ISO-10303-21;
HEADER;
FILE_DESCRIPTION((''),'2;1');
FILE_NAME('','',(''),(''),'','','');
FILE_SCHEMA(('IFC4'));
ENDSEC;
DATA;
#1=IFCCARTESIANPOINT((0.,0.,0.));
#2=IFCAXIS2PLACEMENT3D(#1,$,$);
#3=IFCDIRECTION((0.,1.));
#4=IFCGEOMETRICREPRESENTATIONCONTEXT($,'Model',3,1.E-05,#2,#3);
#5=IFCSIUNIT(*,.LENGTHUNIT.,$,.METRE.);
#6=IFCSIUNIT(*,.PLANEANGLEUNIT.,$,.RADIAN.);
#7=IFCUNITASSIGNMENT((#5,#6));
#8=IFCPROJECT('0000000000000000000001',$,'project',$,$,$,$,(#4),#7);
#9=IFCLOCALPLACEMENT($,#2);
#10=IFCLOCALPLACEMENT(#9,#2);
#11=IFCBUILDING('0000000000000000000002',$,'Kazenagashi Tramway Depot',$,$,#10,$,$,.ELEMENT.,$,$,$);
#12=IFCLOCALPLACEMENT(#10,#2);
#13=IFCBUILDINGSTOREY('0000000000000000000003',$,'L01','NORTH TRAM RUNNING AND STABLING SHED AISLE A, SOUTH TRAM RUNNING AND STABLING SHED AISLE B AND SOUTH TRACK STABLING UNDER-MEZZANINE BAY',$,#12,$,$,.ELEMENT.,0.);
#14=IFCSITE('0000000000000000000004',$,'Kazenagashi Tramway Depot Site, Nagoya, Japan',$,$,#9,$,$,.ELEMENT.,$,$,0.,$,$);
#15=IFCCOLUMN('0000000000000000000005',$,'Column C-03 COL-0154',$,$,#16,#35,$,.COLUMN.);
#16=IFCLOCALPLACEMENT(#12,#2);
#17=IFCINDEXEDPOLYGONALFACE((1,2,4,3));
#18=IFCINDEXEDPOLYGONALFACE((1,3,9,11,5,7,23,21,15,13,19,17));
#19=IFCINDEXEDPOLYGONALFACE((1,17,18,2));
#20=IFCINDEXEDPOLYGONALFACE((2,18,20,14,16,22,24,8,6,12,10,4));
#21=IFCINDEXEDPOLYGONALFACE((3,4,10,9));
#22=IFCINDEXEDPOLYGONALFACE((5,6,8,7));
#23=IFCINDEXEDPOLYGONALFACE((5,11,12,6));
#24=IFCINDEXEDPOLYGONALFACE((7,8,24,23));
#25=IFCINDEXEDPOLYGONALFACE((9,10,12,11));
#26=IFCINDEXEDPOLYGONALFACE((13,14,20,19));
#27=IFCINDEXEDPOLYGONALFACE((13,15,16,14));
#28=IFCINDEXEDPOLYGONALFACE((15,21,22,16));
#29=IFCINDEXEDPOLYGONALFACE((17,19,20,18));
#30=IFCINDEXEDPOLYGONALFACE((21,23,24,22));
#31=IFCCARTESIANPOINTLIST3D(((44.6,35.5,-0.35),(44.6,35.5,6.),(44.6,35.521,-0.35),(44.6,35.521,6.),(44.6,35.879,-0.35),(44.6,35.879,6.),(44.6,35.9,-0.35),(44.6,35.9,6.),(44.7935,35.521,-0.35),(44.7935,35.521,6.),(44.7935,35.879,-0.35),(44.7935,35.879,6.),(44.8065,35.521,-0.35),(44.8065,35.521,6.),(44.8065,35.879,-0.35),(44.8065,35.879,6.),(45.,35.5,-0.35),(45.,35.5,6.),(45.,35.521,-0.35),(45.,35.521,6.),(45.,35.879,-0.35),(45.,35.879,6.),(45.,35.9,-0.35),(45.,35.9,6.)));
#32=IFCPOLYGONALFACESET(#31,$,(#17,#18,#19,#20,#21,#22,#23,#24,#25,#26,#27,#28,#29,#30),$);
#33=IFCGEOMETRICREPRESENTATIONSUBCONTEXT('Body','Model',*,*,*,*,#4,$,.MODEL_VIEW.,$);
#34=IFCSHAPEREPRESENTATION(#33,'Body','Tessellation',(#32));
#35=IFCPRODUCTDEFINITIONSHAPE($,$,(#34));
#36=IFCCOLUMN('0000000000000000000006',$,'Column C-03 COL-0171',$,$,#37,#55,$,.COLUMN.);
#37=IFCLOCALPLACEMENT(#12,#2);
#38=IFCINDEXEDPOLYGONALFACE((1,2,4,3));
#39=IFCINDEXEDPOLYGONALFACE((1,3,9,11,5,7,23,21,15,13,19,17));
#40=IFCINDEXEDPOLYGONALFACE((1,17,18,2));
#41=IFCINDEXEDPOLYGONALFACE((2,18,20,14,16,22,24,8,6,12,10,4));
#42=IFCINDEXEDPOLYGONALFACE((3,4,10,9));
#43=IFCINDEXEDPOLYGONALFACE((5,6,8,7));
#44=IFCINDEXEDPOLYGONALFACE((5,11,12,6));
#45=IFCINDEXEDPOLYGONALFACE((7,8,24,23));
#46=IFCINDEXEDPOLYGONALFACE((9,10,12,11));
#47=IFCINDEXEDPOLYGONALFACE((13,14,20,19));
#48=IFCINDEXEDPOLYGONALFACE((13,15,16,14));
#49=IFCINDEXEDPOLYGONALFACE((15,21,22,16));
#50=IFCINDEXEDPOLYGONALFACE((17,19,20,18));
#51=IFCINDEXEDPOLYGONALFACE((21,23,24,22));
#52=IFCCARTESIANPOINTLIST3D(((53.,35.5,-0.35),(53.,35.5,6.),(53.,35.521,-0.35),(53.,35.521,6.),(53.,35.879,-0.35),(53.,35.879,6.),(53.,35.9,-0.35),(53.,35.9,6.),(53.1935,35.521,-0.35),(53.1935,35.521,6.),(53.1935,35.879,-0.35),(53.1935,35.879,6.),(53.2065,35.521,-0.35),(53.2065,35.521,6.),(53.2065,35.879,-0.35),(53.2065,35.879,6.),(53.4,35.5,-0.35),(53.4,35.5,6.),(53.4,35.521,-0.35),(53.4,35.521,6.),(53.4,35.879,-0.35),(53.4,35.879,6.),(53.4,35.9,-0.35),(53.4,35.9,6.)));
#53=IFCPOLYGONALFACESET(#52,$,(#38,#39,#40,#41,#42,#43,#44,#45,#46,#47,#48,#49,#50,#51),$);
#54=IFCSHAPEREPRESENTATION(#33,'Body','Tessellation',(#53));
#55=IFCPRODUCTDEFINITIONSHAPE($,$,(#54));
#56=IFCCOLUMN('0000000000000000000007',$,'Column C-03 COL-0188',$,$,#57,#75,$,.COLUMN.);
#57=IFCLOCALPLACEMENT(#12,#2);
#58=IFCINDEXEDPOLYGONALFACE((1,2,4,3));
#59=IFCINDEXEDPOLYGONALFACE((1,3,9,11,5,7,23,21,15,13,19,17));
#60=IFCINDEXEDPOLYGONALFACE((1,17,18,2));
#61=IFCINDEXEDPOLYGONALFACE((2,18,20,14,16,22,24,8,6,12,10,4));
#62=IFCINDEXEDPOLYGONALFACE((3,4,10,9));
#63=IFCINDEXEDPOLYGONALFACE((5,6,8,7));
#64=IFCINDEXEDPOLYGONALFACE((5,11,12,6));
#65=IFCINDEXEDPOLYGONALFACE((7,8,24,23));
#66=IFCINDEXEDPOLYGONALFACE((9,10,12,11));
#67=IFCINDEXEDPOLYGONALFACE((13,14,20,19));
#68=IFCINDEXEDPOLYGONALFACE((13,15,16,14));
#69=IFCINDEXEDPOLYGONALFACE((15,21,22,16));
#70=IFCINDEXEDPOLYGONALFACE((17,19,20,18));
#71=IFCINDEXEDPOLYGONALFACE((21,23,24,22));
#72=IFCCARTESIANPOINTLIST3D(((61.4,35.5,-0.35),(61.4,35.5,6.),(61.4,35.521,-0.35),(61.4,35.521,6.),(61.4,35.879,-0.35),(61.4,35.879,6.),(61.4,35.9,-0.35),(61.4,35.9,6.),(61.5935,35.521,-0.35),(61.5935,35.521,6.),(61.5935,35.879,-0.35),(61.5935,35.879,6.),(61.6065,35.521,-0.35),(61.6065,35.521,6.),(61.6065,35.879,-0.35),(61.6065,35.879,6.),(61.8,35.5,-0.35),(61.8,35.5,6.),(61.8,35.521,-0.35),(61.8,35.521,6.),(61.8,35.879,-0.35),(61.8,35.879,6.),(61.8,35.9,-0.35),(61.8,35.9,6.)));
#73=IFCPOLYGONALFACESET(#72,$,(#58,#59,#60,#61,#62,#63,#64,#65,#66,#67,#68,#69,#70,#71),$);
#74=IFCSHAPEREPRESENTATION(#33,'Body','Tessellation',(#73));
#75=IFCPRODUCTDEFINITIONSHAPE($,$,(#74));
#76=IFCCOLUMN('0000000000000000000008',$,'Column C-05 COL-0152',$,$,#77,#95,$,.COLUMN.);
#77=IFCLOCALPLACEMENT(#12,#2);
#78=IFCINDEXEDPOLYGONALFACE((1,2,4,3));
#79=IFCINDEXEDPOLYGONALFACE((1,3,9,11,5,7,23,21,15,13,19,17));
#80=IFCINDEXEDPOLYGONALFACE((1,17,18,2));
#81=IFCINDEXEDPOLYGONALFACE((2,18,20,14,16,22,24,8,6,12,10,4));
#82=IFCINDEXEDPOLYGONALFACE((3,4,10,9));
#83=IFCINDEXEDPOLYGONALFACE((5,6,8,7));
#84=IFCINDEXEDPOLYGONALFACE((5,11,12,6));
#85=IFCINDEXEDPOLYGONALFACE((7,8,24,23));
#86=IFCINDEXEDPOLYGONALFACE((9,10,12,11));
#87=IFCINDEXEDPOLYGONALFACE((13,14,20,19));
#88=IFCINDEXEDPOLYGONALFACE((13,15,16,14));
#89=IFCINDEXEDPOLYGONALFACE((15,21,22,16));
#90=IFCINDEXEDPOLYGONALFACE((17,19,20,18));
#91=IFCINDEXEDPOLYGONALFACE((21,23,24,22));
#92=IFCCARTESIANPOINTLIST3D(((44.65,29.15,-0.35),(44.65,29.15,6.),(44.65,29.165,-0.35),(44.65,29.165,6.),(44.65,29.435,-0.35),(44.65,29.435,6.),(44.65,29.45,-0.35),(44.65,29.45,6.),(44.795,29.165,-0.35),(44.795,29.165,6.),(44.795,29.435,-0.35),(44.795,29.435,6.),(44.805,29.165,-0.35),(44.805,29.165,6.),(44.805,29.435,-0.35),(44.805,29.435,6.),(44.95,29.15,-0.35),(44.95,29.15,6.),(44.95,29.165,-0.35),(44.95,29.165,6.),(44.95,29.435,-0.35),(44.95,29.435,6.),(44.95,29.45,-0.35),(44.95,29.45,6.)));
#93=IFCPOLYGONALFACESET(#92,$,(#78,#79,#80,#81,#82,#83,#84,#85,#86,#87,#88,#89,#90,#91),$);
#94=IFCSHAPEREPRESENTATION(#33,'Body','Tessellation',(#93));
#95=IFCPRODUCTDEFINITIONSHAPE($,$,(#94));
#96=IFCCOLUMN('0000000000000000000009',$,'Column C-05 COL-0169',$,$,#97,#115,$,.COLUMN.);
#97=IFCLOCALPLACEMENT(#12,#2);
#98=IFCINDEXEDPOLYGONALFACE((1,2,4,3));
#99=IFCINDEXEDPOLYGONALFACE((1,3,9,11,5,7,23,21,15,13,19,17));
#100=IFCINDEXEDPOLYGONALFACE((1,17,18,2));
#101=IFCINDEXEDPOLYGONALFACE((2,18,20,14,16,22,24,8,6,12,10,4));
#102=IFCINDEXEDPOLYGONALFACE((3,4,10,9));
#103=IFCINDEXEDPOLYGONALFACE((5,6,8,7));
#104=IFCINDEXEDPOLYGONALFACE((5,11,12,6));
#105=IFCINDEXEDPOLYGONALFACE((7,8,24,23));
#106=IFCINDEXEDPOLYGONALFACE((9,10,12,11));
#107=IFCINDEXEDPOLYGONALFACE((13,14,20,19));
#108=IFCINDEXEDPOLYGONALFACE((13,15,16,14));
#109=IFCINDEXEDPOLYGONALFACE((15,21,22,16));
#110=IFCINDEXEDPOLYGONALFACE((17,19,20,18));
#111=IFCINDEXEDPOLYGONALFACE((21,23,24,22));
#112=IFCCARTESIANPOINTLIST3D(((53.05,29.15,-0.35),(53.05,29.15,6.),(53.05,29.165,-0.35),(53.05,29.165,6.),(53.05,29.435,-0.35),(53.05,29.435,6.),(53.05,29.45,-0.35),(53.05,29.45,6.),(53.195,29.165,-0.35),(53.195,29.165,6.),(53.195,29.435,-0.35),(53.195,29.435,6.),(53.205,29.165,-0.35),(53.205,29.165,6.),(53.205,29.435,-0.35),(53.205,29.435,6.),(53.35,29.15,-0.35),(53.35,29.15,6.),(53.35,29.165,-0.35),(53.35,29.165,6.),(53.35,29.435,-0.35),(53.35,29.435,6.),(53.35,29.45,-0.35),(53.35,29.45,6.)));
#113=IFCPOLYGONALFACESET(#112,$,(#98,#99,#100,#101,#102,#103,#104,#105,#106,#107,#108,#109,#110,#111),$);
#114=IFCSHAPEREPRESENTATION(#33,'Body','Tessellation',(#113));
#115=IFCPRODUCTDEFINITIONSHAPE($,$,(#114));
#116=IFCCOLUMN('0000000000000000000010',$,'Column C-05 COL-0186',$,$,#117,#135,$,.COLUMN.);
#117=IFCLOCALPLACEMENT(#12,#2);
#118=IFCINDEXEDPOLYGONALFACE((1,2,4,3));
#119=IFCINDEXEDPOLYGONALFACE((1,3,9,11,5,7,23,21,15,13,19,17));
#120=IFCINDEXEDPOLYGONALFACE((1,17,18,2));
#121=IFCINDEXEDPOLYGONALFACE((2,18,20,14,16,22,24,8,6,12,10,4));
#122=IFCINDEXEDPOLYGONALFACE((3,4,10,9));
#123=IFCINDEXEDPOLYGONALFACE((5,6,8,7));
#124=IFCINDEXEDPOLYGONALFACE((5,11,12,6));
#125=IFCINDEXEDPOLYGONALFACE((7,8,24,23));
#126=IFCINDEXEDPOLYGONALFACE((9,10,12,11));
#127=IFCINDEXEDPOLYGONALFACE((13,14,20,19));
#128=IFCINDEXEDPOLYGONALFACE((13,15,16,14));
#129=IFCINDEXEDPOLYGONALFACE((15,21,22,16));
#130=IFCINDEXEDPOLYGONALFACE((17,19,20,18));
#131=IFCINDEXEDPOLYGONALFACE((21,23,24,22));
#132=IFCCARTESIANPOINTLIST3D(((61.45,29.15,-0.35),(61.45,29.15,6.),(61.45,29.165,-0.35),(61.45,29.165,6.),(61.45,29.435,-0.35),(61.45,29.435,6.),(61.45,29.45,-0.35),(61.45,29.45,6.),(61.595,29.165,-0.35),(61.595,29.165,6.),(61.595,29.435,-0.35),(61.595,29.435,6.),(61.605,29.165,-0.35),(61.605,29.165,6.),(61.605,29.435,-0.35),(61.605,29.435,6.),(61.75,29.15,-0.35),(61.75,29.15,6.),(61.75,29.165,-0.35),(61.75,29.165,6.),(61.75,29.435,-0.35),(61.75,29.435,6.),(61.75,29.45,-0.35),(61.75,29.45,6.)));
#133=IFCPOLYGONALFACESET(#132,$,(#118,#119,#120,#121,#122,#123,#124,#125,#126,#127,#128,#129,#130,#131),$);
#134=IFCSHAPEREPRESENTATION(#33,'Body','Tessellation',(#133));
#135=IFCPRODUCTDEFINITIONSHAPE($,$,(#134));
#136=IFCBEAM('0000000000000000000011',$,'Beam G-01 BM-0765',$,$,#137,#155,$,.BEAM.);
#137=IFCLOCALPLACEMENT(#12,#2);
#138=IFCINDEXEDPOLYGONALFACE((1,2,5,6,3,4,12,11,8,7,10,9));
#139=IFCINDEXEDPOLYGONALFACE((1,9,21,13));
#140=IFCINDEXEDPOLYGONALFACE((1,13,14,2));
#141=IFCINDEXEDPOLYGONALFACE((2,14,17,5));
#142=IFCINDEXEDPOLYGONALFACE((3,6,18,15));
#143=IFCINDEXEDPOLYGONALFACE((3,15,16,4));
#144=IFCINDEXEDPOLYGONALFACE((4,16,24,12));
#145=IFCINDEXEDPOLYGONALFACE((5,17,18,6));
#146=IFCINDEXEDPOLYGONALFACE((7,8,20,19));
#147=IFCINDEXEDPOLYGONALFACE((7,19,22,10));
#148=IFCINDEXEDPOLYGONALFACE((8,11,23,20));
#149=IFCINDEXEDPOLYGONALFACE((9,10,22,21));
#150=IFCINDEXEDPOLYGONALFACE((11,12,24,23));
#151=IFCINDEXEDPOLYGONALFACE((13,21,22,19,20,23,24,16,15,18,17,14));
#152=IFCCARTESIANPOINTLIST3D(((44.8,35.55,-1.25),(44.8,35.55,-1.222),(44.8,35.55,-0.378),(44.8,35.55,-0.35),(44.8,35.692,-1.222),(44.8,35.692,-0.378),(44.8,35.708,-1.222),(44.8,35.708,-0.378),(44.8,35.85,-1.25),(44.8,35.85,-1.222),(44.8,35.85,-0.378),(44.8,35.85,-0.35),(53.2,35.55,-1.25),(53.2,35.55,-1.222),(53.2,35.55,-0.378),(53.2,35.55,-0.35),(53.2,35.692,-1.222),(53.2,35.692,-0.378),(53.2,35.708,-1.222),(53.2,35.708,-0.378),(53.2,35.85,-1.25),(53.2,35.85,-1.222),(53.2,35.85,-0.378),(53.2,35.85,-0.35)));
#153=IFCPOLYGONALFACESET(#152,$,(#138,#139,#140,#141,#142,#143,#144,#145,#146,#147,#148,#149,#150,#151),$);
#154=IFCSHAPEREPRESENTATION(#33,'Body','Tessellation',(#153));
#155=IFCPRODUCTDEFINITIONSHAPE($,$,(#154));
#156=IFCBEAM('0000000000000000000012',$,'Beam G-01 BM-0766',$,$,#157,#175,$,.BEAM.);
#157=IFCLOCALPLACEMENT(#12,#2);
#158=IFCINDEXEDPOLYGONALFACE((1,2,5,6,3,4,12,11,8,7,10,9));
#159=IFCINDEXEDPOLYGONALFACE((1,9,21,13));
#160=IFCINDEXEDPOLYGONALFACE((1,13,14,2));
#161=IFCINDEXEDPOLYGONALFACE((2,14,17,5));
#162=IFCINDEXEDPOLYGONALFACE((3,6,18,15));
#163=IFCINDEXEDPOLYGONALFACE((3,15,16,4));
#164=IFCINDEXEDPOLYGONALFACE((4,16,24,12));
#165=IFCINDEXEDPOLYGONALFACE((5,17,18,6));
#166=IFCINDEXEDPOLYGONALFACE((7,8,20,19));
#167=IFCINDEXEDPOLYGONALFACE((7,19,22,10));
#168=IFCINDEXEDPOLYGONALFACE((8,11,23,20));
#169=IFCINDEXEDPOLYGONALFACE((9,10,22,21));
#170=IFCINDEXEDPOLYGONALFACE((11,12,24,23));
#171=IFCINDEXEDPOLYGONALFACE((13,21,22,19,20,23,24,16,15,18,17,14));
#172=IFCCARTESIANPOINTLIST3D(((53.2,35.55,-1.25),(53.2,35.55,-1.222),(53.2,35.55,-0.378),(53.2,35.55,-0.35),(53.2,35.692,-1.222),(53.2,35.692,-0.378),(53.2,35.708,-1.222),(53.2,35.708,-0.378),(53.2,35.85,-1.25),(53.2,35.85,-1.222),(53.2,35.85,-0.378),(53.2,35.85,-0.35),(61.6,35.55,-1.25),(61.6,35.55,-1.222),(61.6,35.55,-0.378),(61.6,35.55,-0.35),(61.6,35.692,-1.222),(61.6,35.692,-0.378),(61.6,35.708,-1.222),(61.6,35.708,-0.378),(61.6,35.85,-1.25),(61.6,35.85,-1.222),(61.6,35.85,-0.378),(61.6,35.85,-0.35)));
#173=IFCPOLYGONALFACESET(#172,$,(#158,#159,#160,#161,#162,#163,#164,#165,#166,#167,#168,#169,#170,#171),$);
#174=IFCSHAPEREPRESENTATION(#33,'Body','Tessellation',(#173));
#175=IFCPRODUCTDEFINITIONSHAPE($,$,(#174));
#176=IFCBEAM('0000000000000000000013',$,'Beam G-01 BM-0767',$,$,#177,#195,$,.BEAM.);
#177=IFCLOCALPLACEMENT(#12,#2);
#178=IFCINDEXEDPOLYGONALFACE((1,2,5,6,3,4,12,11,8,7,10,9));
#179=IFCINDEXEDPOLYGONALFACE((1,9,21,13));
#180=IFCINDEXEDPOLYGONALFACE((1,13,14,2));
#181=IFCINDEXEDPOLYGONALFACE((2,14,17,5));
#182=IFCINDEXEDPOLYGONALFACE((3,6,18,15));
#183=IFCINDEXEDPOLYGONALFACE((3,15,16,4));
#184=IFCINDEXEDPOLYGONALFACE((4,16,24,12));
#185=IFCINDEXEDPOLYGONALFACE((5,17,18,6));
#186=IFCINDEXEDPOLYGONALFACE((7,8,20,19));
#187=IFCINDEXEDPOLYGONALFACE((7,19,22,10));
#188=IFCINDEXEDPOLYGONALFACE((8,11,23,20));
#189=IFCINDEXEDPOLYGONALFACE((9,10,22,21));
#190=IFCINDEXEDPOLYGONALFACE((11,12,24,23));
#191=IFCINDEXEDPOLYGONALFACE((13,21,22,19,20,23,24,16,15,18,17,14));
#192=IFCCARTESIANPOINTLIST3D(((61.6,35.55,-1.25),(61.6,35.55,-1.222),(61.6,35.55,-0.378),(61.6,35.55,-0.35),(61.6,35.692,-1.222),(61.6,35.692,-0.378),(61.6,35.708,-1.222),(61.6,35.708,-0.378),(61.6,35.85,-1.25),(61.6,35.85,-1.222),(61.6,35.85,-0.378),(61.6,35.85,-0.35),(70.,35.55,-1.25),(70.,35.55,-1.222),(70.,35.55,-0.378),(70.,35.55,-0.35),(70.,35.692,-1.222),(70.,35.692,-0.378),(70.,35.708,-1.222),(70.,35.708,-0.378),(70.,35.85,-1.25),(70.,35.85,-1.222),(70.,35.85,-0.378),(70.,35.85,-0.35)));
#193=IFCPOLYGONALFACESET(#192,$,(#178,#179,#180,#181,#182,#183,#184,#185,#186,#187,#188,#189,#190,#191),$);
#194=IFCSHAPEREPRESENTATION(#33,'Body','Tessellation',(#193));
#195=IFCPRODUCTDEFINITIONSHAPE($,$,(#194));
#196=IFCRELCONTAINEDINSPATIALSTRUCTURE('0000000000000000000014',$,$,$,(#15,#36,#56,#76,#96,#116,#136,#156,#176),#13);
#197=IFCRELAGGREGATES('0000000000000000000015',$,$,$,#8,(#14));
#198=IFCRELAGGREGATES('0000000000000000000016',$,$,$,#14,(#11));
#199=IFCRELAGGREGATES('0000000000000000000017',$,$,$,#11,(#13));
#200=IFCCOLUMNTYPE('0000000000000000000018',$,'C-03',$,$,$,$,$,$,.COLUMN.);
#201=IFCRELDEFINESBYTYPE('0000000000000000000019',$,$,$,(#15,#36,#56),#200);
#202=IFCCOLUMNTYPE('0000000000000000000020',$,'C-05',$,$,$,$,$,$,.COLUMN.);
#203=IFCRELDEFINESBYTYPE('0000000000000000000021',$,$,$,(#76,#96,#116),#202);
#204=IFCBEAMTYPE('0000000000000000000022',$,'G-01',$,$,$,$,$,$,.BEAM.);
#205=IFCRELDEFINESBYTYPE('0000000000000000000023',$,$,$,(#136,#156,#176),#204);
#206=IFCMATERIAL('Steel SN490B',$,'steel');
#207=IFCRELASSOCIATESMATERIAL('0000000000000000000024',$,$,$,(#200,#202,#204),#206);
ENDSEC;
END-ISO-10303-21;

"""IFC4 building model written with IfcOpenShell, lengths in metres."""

from ifc_helpers import new_model, si_unit, direction, frame, origin, origin_2d, place, context, subcontext, project, spatial, i_section, extrude, material, material_profile, profile_set, type_object, element, save


model = new_model("IFC4")

# Units and contexts
model_context = context("Model", 3, precision=1e-05, world=origin(), true_north=direction((0.0, 1.0)))
body_context = subcontext(model_context, "Body", "Model", "MODEL_VIEW")
ifc_project = project(units=[si_unit("LENGTHUNIT", "METRE"), si_unit("PLANEANGLEUNIT", "RADIAN")], contexts=[model_context])

# Site, building, storey
site_placement = place(None, origin())
site = spatial("IfcSite", under=ifc_project, at=site_placement, Name="Kazenagashi Tramway Depot Site, Nagoya, Japan", CompositionType="ELEMENT", RefElevation=0.0)
building_placement = place(site_placement, origin())
building = spatial("IfcBuilding", under=site, at=building_placement, Name="Kazenagashi Tramway Depot", CompositionType="ELEMENT")
storey_placement = place(building_placement, origin())
storey = spatial("IfcBuildingStorey", under=building, at=storey_placement, Name="L01", Description="NORTH TRAM RUNNING AND STABLING SHED AISLE A, SOUTH TRAM RUNNING AND STABLING SHED AISLE B AND SOUTH TRACK STABLING UNDER-MEZZANINE BAY", CompositionType="ELEMENT", Elevation=0.0)

# Columns
ifc_material_1 = material(Name="Steel SN490B", Category="steel")
ifc_material_profile_1 = material_profile(ifc_material_1, i_section(OverallWidth=0.4, OverallDepth=0.4, WebThickness=0.013, FlangeThickness=0.021, at=origin_2d()), Name="H-400x400x13x21")
ifc_profile_set_1 = profile_set([ifc_material_profile_1], Name="Steel SN490B")
column_type_1 = type_object("IfcColumnType", Name="C-03", PredefinedType="COLUMN", material=ifc_profile_set_1)
for number, where, z_axis, x_axis, name in (
    (1, (44.8, 35.7, -0.35), (0.0, 0.0, 1.0), (1.0, 0.0, 0.0), "Column C-03 COL-0154"),
    (2, (53.2, 35.7, -0.35), (0.0, 0.0, 1.0), (1.0, 0.0, 0.0), "Column C-03 COL-0171"),
    (3, (61.6, 35.7, -0.35), (0.0, 0.0, 1.0), (1.0, 0.0, 0.0), "Column C-03 COL-0188"),
):
    element("IfcColumn", number, at=place(storey_placement, frame(where, z_axis=z_axis, x_axis=x_axis)), inside=storey, type_object=column_type_1, Name=name, PredefinedType="COLUMN", context=body_context, shape_type="SweptSolid", body=[
        extrude(i_section(OverallWidth=0.4, OverallDepth=0.4, WebThickness=0.013, FlangeThickness=0.021, at=origin_2d()), origin(), (0.0, 0.0, 1.0), 6.35),
    ])
ifc_material_profile_2 = material_profile(ifc_material_1, i_section(OverallWidth=0.3, OverallDepth=0.3, WebThickness=0.01, FlangeThickness=0.015, at=origin_2d()), Name="H-300x300x10x15")
ifc_profile_set_2 = profile_set([ifc_material_profile_2], Name="Steel SN490B")
column_type_2 = type_object("IfcColumnType", Name="C-05", PredefinedType="COLUMN", material=ifc_profile_set_2)
for number, where, z_axis, x_axis, name in (
    (4, (44.8, 29.3, -0.35), (0.0, 0.0, 1.0), (1.0, 0.0, 0.0), "Column C-05 COL-0152"),
    (5, (53.2, 29.3, -0.35), (0.0, 0.0, 1.0), (1.0, 0.0, 0.0), "Column C-05 COL-0169"),
    (6, (61.6, 29.3, -0.35), (0.0, 0.0, 1.0), (1.0, 0.0, 0.0), "Column C-05 COL-0186"),
):
    element("IfcColumn", number, at=place(storey_placement, frame(where, z_axis=z_axis, x_axis=x_axis)), inside=storey, type_object=column_type_2, Name=name, PredefinedType="COLUMN", context=body_context, shape_type="SweptSolid", body=[
        extrude(i_section(OverallWidth=0.3, OverallDepth=0.3, WebThickness=0.01, FlangeThickness=0.015, at=origin_2d()), origin(), (0.0, 0.0, 1.0), 6.35),
    ])

# Beams
ifc_material_profile_3 = material_profile(ifc_material_1, i_section(OverallWidth=0.3, OverallDepth=0.9, WebThickness=0.016, FlangeThickness=0.028, at=origin_2d()), Name="H-900x300x16x28")
ifc_profile_set_3 = profile_set([ifc_material_profile_3], Name="Steel SN490B")
beam_type_1 = type_object("IfcBeamType", Name="G-01", PredefinedType="BEAM", material=ifc_profile_set_3)
for number, where, z_axis, x_axis, name in (
    (7, (44.8, 35.7, -0.8), (1.0, 0.0, 0.0), (0.0, 1.0, 0.0), "Beam G-01 BM-0765"),
    (8, (53.2, 35.7, -0.8), (1.0, 0.0, 0.0), (0.0, 1.0, 0.0), "Beam G-01 BM-0766"),
    (9, (61.6, 35.7, -0.8), (1.0, 0.0, 0.0), (0.0, 1.0, 0.0), "Beam G-01 BM-0767"),
):
    element("IfcBeam", number, at=place(storey_placement, frame(where, z_axis=z_axis, x_axis=x_axis)), inside=storey, type_object=beam_type_1, Name=name, PredefinedType="BEAM", context=body_context, shape_type="SweptSolid", body=[
        extrude(i_section(OverallWidth=0.3, OverallDepth=0.9, WebThickness=0.016, FlangeThickness=0.028, at=origin_2d()), origin(), (0.0, 0.0, 1.0), 8.4),
    ])

save(model, "model.ifc")
